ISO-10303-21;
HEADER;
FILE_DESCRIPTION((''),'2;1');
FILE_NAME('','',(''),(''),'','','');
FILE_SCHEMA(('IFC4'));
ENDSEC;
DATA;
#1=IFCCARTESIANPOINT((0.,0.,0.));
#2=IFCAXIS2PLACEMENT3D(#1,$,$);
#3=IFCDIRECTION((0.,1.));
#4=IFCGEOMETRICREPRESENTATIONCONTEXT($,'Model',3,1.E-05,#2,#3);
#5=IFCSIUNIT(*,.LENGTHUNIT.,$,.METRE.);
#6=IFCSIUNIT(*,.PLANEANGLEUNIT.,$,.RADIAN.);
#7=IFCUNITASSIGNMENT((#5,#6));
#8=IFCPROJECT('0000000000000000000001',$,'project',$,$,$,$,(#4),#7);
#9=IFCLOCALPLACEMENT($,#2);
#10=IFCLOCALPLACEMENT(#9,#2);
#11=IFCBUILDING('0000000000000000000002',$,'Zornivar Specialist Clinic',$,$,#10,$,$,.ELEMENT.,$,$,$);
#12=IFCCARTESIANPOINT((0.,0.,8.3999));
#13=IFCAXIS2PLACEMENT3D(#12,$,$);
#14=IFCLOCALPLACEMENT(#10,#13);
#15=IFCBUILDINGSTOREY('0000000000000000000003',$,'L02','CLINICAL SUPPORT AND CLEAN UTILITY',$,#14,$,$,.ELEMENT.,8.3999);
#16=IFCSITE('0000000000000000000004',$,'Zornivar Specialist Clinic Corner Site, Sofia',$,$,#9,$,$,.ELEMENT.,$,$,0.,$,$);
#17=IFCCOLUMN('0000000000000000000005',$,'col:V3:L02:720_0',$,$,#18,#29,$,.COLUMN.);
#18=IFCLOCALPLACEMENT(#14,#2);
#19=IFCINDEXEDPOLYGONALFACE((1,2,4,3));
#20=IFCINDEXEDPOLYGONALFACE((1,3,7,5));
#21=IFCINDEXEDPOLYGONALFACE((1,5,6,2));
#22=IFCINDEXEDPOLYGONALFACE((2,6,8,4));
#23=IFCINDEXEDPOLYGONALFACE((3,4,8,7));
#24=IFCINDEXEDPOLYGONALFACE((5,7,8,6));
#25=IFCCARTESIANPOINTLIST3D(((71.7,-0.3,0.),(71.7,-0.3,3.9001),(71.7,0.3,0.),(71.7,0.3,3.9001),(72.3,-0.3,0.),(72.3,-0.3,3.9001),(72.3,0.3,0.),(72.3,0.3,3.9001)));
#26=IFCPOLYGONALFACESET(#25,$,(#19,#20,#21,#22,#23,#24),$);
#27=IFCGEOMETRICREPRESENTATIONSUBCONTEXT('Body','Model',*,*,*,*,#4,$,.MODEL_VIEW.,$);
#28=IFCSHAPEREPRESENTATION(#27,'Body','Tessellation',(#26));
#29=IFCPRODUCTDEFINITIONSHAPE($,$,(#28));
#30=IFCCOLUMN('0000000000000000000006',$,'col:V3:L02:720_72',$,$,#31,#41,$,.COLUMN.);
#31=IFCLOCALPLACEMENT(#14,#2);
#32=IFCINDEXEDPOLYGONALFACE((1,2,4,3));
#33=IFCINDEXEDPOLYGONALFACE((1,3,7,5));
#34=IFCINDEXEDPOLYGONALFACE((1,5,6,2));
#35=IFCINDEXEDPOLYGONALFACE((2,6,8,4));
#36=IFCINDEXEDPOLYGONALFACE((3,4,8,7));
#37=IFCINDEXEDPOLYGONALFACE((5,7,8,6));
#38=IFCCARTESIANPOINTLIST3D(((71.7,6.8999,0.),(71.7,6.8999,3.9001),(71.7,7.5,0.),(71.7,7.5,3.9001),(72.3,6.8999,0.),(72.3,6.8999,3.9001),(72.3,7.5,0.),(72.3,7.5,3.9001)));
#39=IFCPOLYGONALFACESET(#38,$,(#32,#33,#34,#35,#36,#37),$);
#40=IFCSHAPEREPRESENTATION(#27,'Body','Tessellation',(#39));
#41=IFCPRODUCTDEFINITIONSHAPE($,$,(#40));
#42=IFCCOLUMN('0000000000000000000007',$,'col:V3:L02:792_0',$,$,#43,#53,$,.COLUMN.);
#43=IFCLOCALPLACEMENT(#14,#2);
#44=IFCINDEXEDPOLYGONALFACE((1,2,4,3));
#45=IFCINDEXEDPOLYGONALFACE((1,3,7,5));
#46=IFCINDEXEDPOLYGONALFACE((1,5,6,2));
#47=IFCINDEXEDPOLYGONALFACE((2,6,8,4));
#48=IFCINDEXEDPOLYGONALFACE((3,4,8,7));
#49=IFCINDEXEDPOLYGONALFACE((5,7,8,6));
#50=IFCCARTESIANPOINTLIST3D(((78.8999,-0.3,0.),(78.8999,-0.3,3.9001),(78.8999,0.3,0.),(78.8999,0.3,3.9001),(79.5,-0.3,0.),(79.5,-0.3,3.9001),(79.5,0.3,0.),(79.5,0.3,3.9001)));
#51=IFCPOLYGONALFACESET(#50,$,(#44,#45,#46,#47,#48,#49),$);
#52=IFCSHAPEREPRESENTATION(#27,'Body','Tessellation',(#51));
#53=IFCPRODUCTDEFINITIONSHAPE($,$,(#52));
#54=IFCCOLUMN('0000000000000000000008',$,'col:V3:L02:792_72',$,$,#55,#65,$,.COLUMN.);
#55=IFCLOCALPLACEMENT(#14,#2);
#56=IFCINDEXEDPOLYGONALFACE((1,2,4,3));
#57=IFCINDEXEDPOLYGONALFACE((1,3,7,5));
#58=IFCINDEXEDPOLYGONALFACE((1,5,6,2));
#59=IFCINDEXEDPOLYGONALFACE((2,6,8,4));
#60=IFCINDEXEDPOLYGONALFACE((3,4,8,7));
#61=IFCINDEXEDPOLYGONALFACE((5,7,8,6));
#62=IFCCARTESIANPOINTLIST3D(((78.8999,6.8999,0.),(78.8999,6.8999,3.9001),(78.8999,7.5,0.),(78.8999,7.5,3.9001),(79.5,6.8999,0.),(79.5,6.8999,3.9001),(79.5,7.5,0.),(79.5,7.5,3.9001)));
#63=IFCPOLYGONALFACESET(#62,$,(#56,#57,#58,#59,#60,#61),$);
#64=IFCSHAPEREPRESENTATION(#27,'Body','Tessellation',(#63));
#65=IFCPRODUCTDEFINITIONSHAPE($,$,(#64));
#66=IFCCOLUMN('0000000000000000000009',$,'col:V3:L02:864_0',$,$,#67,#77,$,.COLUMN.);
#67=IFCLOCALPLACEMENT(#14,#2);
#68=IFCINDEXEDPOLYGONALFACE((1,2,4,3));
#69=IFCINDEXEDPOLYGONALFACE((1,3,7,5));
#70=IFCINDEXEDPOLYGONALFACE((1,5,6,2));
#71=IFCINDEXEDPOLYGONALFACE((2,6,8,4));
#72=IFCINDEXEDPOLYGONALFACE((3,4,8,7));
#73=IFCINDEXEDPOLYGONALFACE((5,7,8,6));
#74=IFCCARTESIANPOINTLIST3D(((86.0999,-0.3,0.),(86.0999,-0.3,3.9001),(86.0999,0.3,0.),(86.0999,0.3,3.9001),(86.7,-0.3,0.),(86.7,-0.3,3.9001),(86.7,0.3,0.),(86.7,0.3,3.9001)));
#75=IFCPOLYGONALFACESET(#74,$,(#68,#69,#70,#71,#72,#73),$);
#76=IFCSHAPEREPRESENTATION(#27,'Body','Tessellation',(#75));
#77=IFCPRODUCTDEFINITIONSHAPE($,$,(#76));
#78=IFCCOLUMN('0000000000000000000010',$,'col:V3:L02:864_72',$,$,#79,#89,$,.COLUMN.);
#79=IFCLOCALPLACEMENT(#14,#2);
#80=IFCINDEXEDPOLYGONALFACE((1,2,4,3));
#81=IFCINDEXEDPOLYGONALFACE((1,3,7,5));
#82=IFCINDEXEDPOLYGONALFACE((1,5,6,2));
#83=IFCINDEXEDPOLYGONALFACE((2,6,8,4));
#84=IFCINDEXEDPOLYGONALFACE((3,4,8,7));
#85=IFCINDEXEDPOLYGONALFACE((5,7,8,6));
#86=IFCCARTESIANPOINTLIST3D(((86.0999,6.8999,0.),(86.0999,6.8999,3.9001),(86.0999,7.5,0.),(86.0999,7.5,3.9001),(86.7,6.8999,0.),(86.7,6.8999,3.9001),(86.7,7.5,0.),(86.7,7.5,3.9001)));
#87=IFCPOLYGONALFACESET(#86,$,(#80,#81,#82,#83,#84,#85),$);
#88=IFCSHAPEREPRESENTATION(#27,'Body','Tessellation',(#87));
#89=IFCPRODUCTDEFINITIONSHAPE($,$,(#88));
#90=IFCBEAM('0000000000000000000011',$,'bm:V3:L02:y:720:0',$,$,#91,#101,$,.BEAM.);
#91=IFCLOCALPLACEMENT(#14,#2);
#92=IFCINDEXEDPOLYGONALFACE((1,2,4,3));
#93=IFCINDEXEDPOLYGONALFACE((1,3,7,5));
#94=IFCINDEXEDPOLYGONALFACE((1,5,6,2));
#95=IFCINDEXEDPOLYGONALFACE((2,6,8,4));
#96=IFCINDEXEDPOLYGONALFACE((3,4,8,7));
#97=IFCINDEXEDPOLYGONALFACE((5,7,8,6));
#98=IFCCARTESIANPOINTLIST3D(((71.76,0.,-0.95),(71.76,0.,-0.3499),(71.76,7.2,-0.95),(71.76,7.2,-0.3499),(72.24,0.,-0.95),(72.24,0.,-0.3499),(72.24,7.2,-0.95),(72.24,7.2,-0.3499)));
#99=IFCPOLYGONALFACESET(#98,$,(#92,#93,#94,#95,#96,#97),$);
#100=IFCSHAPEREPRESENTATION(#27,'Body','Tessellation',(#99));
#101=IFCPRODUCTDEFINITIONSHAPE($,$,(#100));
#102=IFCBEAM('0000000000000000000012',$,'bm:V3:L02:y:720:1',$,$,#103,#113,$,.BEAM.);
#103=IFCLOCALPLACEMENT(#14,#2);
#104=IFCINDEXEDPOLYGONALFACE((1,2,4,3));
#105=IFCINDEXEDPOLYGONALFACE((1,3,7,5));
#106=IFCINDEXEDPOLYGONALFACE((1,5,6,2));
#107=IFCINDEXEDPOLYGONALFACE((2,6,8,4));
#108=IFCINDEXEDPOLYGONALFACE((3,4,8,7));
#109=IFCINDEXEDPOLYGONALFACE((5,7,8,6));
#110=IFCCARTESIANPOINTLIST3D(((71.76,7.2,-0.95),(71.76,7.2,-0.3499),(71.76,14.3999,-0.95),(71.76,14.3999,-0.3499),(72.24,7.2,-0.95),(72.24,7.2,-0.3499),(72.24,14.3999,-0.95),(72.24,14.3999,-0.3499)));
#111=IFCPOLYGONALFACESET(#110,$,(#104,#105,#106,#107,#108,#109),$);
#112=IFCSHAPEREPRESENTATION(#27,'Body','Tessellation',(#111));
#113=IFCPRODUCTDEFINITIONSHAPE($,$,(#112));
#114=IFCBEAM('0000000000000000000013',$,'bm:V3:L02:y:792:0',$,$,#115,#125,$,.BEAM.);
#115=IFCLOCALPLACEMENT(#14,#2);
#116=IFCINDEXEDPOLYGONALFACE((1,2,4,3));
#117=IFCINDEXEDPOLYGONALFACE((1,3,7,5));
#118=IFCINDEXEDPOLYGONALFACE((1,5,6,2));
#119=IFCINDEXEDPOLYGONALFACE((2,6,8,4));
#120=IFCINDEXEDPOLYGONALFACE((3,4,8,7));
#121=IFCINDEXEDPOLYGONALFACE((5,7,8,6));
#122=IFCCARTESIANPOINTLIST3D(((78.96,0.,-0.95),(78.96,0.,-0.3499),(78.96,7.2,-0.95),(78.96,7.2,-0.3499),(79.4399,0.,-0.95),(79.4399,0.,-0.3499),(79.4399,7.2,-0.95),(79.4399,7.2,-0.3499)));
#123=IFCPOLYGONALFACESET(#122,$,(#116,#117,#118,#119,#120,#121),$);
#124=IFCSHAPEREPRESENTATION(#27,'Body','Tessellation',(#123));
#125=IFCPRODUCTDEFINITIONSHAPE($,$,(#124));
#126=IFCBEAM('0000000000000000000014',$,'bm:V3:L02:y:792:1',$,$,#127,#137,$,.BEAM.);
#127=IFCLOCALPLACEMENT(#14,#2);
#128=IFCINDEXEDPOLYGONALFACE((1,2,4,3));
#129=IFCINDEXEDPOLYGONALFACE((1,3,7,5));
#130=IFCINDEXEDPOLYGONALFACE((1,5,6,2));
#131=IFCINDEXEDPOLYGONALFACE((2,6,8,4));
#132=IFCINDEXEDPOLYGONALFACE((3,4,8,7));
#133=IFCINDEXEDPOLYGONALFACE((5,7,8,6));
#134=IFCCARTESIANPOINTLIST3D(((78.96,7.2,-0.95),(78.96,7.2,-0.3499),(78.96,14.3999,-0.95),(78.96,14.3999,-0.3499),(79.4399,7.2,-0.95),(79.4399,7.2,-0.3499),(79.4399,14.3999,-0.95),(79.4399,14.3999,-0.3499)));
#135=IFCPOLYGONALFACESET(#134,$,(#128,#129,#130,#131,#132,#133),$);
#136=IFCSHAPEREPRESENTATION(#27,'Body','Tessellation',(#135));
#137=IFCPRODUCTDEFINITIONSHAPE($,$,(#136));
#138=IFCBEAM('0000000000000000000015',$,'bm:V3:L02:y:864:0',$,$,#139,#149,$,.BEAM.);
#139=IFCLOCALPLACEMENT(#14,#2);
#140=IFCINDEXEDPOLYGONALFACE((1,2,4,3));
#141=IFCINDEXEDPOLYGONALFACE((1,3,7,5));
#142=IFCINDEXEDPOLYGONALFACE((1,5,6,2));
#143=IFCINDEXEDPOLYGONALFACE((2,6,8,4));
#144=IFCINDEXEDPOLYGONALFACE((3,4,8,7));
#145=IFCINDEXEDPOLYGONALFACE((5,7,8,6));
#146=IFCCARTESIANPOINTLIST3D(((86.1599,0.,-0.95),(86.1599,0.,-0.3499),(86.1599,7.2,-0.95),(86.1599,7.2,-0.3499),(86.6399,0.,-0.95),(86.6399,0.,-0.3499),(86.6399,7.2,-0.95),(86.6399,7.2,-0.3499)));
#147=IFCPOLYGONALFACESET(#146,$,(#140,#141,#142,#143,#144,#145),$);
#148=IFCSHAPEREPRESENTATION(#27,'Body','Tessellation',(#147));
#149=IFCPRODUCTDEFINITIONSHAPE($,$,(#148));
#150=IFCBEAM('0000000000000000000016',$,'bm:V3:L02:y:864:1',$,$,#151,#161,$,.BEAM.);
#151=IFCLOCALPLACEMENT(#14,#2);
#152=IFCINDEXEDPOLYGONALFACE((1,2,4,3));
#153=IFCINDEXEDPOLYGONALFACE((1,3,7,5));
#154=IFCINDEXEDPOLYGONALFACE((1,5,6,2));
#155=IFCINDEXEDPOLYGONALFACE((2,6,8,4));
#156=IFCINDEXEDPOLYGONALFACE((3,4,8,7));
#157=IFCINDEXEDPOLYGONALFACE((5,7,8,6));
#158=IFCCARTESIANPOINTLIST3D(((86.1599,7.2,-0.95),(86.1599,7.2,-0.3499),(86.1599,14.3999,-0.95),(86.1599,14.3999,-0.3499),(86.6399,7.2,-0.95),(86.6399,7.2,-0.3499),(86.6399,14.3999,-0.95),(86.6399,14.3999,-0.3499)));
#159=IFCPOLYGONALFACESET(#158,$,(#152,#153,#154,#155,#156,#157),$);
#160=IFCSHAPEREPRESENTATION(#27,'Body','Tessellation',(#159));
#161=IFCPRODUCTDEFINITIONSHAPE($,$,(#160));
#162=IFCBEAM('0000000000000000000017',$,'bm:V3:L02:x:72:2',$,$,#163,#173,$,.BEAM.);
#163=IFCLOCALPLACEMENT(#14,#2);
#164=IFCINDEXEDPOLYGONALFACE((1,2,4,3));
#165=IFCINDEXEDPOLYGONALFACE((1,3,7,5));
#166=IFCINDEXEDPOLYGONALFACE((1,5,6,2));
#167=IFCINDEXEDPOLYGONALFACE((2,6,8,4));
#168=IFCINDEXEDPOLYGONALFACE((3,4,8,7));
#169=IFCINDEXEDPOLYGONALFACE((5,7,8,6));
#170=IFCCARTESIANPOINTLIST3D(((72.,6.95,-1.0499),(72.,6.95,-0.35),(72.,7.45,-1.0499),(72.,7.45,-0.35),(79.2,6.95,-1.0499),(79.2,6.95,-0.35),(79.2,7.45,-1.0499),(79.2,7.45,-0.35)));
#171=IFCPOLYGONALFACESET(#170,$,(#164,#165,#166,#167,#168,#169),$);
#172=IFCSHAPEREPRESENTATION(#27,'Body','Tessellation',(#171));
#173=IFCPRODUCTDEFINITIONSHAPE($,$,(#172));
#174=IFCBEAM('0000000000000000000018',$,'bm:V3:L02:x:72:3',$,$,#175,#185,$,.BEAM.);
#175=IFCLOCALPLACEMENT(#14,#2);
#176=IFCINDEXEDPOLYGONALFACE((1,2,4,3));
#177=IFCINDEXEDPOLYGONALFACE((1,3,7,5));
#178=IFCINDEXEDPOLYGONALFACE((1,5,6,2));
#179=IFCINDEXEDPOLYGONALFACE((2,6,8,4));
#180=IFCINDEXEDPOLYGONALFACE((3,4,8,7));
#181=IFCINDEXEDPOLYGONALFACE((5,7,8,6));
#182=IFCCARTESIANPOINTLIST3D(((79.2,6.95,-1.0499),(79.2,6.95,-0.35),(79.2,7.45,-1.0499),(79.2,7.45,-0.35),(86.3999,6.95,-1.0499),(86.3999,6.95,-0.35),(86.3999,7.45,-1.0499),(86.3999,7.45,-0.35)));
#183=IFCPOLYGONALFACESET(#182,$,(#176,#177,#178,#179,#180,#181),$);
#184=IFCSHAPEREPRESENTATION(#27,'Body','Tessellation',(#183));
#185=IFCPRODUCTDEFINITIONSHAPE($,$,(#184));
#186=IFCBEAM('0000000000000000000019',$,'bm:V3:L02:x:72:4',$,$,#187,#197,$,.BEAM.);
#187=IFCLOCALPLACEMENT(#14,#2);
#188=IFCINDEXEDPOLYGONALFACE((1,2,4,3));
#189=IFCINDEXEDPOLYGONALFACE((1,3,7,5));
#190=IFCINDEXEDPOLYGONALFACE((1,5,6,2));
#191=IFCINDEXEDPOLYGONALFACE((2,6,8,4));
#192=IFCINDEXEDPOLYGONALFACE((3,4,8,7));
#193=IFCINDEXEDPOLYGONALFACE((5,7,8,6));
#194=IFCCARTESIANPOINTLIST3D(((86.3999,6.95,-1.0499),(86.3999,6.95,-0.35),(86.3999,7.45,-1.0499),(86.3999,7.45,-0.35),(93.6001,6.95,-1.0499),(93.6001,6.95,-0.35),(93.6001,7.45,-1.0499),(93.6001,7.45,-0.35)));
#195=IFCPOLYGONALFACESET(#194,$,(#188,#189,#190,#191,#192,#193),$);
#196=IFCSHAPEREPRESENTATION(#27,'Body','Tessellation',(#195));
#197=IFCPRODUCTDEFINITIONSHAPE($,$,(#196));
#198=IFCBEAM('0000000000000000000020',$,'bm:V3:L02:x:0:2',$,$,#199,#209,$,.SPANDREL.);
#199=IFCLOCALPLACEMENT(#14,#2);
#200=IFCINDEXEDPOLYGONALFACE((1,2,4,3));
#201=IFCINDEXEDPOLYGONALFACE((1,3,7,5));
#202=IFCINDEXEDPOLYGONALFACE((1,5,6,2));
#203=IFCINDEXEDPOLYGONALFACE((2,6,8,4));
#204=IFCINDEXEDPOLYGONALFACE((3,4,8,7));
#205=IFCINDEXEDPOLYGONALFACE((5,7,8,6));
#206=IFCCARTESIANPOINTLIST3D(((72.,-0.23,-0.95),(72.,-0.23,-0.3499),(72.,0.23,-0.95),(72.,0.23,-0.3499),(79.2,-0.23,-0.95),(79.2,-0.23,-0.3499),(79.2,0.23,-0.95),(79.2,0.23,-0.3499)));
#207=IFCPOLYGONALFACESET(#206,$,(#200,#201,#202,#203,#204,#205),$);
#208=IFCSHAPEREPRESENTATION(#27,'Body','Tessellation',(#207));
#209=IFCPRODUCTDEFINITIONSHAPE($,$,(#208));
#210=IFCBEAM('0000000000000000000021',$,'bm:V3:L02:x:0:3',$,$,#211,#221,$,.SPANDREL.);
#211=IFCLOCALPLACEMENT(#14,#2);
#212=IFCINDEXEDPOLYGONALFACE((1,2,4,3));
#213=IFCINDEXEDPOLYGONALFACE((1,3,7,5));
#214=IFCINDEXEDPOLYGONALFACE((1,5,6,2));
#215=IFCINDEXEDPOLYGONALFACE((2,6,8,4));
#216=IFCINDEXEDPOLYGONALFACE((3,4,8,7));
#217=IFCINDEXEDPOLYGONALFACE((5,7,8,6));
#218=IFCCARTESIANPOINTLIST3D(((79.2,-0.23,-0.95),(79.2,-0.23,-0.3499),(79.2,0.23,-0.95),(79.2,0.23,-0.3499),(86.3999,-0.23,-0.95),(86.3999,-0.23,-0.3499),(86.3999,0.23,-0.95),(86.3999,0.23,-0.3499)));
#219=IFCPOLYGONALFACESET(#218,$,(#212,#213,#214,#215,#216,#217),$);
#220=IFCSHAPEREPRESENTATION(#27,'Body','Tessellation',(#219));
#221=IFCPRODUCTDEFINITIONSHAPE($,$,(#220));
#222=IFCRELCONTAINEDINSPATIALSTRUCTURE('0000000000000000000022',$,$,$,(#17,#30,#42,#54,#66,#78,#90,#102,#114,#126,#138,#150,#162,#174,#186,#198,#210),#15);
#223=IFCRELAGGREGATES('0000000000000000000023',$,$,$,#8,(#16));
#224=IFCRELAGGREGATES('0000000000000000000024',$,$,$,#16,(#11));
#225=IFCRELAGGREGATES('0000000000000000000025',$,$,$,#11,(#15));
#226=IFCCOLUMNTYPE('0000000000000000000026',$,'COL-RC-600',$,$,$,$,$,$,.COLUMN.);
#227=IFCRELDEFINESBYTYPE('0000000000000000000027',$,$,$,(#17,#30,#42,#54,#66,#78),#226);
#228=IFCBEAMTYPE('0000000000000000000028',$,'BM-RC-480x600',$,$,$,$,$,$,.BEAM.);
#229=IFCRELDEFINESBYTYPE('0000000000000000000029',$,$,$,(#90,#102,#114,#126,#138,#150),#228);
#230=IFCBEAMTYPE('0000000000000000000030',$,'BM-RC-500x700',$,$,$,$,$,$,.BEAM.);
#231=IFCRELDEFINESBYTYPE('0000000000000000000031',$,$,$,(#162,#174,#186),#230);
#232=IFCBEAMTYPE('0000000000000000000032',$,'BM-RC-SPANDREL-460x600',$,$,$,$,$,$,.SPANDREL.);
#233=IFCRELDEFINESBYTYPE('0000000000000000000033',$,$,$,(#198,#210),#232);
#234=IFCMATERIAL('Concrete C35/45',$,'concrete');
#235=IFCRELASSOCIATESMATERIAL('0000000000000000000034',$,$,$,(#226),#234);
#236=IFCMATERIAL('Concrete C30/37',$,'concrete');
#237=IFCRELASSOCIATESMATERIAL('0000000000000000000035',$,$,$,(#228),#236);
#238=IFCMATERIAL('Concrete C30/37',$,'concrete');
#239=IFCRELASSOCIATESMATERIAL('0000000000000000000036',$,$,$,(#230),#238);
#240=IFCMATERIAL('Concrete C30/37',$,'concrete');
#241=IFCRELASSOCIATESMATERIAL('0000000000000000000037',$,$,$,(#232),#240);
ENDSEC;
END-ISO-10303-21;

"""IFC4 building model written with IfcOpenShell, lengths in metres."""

from ifc_helpers import new_model, si_unit, direction, frame, origin, origin_2d, place, context, subcontext, project, spatial, rectangle, extrude, material, material_profile, profile_set, type_object, element, save


model = new_model("IFC4")

# Units and contexts
model_context = context("Model", 3, precision=1e-05, world=origin(), true_north=direction((0.0, 1.0)))
body_context = subcontext(model_context, "Body", "Model", "MODEL_VIEW")
ifc_project = project(units=[si_unit("LENGTHUNIT", "METRE"), si_unit("PLANEANGLEUNIT", "RADIAN")], contexts=[model_context])

# Site, building, storey
site_placement = place(None, origin())
site = spatial("IfcSite", under=ifc_project, at=site_placement, Name="Zornivar Specialist Clinic Corner Site, Sofia", CompositionType="ELEMENT", RefElevation=0.0)
building_placement = place(site_placement, origin())
building = spatial("IfcBuilding", under=site, at=building_placement, Name="Zornivar Specialist Clinic", CompositionType="ELEMENT")
storey_placement = place(building_placement, frame((0.0, 0.0, 8.3999)))
storey = spatial("IfcBuildingStorey", under=building, at=storey_placement, Name="L02", Description="CLINICAL SUPPORT AND CLEAN UTILITY", CompositionType="ELEMENT", Elevation=8.3999)

# Columns
ifc_material_1 = material(Name="Concrete C35/45", Category="concrete")
ifc_material_profile_1 = material_profile(ifc_material_1, rectangle(XDim=0.6001, YDim=0.6001, at=origin_2d()), Name="RC 600x600")
ifc_profile_set_1 = profile_set([ifc_material_profile_1], Name="Concrete C35/45")
column_type = type_object("IfcColumnType", Name="COL-RC-600", PredefinedType="COLUMN", material=ifc_profile_set_1)
for number, where, z_axis, x_axis, name in (
    (1, (72.0, 0.0, 0.0), (0.0, 0.0, 1.0), (1.0, 0.0, 0.0), "col:V3:L02:720_0"),
    (2, (72.0, 7.2, 0.0), (0.0, 0.0, 1.0), (1.0, 0.0, 0.0), "col:V3:L02:720_72"),
    (3, (79.2, 0.0, 0.0), (0.0, 0.0, 1.0), (1.0, 0.0, 0.0), "col:V3:L02:792_0"),
    (4, (79.2, 7.2, 0.0), (0.0, 0.0, 1.0), (1.0, 0.0, 0.0), "col:V3:L02:792_72"),
    (5, (86.3999, 0.0, 0.0), (0.0, 0.0, 1.0), (1.0, 0.0, 0.0), "col:V3:L02:864_0"),
    (6, (86.3999, 7.2, 0.0), (0.0, 0.0, 1.0), (1.0, 0.0, 0.0), "col:V3:L02:864_72"),
):
    element("IfcColumn", number, at=place(storey_placement, frame(where, z_axis=z_axis, x_axis=x_axis)), inside=storey, type_object=column_type, Name=name, PredefinedType="COLUMN", context=body_context, shape_type="SweptSolid", body=[
        extrude(rectangle(XDim=0.6001, YDim=0.6001, at=origin_2d()), origin(), (0.0, 0.0, 1.0), 3.9001),
    ])

# Beams
ifc_material_2 = material(Name="Concrete C30/37", Category="concrete")
ifc_material_profile_2 = material_profile(ifc_material_2, rectangle(XDim=0.48, YDim=0.6001, at=origin_2d()), Name="RC 480x600")
ifc_profile_set_2 = profile_set([ifc_material_profile_2], Name="Concrete C30/37")
beam_type_1 = type_object("IfcBeamType", Name="BM-RC-480x600", PredefinedType="BEAM", material=ifc_profile_set_2)
for number, where, z_axis, x_axis, name in (
    (7, (72.0, 0.0, -0.6499), (0.0, 1.0, 0.0), (-1.0, 0.0, 0.0), "bm:V3:L02:y:720:0"),
    (8, (72.0, 7.2, -0.6499), (0.0, 1.0, 0.0), (-1.0, 0.0, 0.0), "bm:V3:L02:y:720:1"),
    (9, (79.2, 0.0, -0.6499), (0.0, 1.0, 0.0), (-1.0, 0.0, 0.0), "bm:V3:L02:y:792:0"),
    (10, (79.2, 7.2, -0.6499), (0.0, 1.0, 0.0), (-1.0, 0.0, 0.0), "bm:V3:L02:y:792:1"),
    (11, (86.3999, 0.0, -0.6499), (0.0, 1.0, 0.0), (-1.0, 0.0, 0.0), "bm:V3:L02:y:864:0"),
    (12, (86.3999, 7.2, -0.6499), (0.0, 1.0, 0.0), (-1.0, 0.0, 0.0), "bm:V3:L02:y:864:1"),
):
    element("IfcBeam", number, at=place(storey_placement, frame(where, z_axis=z_axis, x_axis=x_axis)), inside=storey, type_object=beam_type_1, Name=name, PredefinedType="BEAM", context=body_context, shape_type="SweptSolid", body=[
        extrude(rectangle(XDim=0.48, YDim=0.6001, at=origin_2d()), origin(), (0.0, 0.0, 1.0), 7.2),
    ])
ifc_material_3 = material(Name="Concrete C30/37", Category="concrete")
ifc_material_profile_3 = material_profile(ifc_material_3, rectangle(XDim=0.5, YDim=0.7, at=origin_2d()), Name="RC 500x700")
ifc_profile_set_3 = profile_set([ifc_material_profile_3], Name="Concrete C30/37")
beam_type_2 = type_object("IfcBeamType", Name="BM-RC-500x700", PredefinedType="BEAM", material=ifc_profile_set_3)
for number, where, z_axis, x_axis, name in (
    (13, (72.0, 7.2, -0.7), (1.0, 0.0, 0.0), (0.0, 1.0, 0.0), "bm:V3:L02:x:72:2"),
    (14, (79.2, 7.2, -0.7), (1.0, 0.0, 0.0), (0.0, 1.0, 0.0), "bm:V3:L02:x:72:3"),
):
    element("IfcBeam", number, at=place(storey_placement, frame(where, z_axis=z_axis, x_axis=x_axis)), inside=storey, type_object=beam_type_2, Name=name, PredefinedType="BEAM", context=body_context, shape_type="SweptSolid", body=[
        extrude(rectangle(XDim=0.5, YDim=0.7, at=origin_2d()), origin(), (0.0, 0.0, 1.0), 7.2),
    ])
beam_1_placement = place(storey_placement, frame((86.3999, 7.2, -0.7), z_axis=(1.0, 0.0, 0.0), x_axis=(0.0, 1.0, 0.0)))
element("IfcBeam", 15, at=beam_1_placement, inside=storey, type_object=beam_type_2, Name="bm:V3:L02:x:72:4", PredefinedType="BEAM", context=body_context, shape_type="SweptSolid", body=[
    extrude(rectangle(XDim=0.5, YDim=0.7, at=origin_2d()), origin(), (0.0, 0.0, 1.0), 7.2002),
])
ifc_material_4 = material(Name="Concrete C30/37", Category="concrete")
ifc_material_profile_4 = material_profile(ifc_material_4, rectangle(XDim=0.46, YDim=0.6001, at=origin_2d()), Name="RC 460x600")
ifc_profile_set_4 = profile_set([ifc_material_profile_4], Name="Concrete C30/37")
beam_type_3 = type_object("IfcBeamType", Name="BM-RC-SPANDREL-460x600", PredefinedType="SPANDREL", material=ifc_profile_set_4)
for number, where, z_axis, x_axis, name in (
    (16, (72.0, 0.0, -0.6499), (1.0, 0.0, 0.0), (0.0, 1.0, 0.0), "bm:V3:L02:x:0:2"),
    (17, (79.2, 0.0, -0.6499), (1.0, 0.0, 0.0), (0.0, 1.0, 0.0), "bm:V3:L02:x:0:3"),
):
    element("IfcBeam", number, at=place(storey_placement, frame(where, z_axis=z_axis, x_axis=x_axis)), inside=storey, type_object=beam_type_3, Name=name, PredefinedType="SPANDREL", context=body_context, shape_type="SweptSolid", body=[
        extrude(rectangle(XDim=0.46, YDim=0.6001, at=origin_2d()), origin(), (0.0, 0.0, 1.0), 7.2),
    ])

save(model, "model.ifc")
